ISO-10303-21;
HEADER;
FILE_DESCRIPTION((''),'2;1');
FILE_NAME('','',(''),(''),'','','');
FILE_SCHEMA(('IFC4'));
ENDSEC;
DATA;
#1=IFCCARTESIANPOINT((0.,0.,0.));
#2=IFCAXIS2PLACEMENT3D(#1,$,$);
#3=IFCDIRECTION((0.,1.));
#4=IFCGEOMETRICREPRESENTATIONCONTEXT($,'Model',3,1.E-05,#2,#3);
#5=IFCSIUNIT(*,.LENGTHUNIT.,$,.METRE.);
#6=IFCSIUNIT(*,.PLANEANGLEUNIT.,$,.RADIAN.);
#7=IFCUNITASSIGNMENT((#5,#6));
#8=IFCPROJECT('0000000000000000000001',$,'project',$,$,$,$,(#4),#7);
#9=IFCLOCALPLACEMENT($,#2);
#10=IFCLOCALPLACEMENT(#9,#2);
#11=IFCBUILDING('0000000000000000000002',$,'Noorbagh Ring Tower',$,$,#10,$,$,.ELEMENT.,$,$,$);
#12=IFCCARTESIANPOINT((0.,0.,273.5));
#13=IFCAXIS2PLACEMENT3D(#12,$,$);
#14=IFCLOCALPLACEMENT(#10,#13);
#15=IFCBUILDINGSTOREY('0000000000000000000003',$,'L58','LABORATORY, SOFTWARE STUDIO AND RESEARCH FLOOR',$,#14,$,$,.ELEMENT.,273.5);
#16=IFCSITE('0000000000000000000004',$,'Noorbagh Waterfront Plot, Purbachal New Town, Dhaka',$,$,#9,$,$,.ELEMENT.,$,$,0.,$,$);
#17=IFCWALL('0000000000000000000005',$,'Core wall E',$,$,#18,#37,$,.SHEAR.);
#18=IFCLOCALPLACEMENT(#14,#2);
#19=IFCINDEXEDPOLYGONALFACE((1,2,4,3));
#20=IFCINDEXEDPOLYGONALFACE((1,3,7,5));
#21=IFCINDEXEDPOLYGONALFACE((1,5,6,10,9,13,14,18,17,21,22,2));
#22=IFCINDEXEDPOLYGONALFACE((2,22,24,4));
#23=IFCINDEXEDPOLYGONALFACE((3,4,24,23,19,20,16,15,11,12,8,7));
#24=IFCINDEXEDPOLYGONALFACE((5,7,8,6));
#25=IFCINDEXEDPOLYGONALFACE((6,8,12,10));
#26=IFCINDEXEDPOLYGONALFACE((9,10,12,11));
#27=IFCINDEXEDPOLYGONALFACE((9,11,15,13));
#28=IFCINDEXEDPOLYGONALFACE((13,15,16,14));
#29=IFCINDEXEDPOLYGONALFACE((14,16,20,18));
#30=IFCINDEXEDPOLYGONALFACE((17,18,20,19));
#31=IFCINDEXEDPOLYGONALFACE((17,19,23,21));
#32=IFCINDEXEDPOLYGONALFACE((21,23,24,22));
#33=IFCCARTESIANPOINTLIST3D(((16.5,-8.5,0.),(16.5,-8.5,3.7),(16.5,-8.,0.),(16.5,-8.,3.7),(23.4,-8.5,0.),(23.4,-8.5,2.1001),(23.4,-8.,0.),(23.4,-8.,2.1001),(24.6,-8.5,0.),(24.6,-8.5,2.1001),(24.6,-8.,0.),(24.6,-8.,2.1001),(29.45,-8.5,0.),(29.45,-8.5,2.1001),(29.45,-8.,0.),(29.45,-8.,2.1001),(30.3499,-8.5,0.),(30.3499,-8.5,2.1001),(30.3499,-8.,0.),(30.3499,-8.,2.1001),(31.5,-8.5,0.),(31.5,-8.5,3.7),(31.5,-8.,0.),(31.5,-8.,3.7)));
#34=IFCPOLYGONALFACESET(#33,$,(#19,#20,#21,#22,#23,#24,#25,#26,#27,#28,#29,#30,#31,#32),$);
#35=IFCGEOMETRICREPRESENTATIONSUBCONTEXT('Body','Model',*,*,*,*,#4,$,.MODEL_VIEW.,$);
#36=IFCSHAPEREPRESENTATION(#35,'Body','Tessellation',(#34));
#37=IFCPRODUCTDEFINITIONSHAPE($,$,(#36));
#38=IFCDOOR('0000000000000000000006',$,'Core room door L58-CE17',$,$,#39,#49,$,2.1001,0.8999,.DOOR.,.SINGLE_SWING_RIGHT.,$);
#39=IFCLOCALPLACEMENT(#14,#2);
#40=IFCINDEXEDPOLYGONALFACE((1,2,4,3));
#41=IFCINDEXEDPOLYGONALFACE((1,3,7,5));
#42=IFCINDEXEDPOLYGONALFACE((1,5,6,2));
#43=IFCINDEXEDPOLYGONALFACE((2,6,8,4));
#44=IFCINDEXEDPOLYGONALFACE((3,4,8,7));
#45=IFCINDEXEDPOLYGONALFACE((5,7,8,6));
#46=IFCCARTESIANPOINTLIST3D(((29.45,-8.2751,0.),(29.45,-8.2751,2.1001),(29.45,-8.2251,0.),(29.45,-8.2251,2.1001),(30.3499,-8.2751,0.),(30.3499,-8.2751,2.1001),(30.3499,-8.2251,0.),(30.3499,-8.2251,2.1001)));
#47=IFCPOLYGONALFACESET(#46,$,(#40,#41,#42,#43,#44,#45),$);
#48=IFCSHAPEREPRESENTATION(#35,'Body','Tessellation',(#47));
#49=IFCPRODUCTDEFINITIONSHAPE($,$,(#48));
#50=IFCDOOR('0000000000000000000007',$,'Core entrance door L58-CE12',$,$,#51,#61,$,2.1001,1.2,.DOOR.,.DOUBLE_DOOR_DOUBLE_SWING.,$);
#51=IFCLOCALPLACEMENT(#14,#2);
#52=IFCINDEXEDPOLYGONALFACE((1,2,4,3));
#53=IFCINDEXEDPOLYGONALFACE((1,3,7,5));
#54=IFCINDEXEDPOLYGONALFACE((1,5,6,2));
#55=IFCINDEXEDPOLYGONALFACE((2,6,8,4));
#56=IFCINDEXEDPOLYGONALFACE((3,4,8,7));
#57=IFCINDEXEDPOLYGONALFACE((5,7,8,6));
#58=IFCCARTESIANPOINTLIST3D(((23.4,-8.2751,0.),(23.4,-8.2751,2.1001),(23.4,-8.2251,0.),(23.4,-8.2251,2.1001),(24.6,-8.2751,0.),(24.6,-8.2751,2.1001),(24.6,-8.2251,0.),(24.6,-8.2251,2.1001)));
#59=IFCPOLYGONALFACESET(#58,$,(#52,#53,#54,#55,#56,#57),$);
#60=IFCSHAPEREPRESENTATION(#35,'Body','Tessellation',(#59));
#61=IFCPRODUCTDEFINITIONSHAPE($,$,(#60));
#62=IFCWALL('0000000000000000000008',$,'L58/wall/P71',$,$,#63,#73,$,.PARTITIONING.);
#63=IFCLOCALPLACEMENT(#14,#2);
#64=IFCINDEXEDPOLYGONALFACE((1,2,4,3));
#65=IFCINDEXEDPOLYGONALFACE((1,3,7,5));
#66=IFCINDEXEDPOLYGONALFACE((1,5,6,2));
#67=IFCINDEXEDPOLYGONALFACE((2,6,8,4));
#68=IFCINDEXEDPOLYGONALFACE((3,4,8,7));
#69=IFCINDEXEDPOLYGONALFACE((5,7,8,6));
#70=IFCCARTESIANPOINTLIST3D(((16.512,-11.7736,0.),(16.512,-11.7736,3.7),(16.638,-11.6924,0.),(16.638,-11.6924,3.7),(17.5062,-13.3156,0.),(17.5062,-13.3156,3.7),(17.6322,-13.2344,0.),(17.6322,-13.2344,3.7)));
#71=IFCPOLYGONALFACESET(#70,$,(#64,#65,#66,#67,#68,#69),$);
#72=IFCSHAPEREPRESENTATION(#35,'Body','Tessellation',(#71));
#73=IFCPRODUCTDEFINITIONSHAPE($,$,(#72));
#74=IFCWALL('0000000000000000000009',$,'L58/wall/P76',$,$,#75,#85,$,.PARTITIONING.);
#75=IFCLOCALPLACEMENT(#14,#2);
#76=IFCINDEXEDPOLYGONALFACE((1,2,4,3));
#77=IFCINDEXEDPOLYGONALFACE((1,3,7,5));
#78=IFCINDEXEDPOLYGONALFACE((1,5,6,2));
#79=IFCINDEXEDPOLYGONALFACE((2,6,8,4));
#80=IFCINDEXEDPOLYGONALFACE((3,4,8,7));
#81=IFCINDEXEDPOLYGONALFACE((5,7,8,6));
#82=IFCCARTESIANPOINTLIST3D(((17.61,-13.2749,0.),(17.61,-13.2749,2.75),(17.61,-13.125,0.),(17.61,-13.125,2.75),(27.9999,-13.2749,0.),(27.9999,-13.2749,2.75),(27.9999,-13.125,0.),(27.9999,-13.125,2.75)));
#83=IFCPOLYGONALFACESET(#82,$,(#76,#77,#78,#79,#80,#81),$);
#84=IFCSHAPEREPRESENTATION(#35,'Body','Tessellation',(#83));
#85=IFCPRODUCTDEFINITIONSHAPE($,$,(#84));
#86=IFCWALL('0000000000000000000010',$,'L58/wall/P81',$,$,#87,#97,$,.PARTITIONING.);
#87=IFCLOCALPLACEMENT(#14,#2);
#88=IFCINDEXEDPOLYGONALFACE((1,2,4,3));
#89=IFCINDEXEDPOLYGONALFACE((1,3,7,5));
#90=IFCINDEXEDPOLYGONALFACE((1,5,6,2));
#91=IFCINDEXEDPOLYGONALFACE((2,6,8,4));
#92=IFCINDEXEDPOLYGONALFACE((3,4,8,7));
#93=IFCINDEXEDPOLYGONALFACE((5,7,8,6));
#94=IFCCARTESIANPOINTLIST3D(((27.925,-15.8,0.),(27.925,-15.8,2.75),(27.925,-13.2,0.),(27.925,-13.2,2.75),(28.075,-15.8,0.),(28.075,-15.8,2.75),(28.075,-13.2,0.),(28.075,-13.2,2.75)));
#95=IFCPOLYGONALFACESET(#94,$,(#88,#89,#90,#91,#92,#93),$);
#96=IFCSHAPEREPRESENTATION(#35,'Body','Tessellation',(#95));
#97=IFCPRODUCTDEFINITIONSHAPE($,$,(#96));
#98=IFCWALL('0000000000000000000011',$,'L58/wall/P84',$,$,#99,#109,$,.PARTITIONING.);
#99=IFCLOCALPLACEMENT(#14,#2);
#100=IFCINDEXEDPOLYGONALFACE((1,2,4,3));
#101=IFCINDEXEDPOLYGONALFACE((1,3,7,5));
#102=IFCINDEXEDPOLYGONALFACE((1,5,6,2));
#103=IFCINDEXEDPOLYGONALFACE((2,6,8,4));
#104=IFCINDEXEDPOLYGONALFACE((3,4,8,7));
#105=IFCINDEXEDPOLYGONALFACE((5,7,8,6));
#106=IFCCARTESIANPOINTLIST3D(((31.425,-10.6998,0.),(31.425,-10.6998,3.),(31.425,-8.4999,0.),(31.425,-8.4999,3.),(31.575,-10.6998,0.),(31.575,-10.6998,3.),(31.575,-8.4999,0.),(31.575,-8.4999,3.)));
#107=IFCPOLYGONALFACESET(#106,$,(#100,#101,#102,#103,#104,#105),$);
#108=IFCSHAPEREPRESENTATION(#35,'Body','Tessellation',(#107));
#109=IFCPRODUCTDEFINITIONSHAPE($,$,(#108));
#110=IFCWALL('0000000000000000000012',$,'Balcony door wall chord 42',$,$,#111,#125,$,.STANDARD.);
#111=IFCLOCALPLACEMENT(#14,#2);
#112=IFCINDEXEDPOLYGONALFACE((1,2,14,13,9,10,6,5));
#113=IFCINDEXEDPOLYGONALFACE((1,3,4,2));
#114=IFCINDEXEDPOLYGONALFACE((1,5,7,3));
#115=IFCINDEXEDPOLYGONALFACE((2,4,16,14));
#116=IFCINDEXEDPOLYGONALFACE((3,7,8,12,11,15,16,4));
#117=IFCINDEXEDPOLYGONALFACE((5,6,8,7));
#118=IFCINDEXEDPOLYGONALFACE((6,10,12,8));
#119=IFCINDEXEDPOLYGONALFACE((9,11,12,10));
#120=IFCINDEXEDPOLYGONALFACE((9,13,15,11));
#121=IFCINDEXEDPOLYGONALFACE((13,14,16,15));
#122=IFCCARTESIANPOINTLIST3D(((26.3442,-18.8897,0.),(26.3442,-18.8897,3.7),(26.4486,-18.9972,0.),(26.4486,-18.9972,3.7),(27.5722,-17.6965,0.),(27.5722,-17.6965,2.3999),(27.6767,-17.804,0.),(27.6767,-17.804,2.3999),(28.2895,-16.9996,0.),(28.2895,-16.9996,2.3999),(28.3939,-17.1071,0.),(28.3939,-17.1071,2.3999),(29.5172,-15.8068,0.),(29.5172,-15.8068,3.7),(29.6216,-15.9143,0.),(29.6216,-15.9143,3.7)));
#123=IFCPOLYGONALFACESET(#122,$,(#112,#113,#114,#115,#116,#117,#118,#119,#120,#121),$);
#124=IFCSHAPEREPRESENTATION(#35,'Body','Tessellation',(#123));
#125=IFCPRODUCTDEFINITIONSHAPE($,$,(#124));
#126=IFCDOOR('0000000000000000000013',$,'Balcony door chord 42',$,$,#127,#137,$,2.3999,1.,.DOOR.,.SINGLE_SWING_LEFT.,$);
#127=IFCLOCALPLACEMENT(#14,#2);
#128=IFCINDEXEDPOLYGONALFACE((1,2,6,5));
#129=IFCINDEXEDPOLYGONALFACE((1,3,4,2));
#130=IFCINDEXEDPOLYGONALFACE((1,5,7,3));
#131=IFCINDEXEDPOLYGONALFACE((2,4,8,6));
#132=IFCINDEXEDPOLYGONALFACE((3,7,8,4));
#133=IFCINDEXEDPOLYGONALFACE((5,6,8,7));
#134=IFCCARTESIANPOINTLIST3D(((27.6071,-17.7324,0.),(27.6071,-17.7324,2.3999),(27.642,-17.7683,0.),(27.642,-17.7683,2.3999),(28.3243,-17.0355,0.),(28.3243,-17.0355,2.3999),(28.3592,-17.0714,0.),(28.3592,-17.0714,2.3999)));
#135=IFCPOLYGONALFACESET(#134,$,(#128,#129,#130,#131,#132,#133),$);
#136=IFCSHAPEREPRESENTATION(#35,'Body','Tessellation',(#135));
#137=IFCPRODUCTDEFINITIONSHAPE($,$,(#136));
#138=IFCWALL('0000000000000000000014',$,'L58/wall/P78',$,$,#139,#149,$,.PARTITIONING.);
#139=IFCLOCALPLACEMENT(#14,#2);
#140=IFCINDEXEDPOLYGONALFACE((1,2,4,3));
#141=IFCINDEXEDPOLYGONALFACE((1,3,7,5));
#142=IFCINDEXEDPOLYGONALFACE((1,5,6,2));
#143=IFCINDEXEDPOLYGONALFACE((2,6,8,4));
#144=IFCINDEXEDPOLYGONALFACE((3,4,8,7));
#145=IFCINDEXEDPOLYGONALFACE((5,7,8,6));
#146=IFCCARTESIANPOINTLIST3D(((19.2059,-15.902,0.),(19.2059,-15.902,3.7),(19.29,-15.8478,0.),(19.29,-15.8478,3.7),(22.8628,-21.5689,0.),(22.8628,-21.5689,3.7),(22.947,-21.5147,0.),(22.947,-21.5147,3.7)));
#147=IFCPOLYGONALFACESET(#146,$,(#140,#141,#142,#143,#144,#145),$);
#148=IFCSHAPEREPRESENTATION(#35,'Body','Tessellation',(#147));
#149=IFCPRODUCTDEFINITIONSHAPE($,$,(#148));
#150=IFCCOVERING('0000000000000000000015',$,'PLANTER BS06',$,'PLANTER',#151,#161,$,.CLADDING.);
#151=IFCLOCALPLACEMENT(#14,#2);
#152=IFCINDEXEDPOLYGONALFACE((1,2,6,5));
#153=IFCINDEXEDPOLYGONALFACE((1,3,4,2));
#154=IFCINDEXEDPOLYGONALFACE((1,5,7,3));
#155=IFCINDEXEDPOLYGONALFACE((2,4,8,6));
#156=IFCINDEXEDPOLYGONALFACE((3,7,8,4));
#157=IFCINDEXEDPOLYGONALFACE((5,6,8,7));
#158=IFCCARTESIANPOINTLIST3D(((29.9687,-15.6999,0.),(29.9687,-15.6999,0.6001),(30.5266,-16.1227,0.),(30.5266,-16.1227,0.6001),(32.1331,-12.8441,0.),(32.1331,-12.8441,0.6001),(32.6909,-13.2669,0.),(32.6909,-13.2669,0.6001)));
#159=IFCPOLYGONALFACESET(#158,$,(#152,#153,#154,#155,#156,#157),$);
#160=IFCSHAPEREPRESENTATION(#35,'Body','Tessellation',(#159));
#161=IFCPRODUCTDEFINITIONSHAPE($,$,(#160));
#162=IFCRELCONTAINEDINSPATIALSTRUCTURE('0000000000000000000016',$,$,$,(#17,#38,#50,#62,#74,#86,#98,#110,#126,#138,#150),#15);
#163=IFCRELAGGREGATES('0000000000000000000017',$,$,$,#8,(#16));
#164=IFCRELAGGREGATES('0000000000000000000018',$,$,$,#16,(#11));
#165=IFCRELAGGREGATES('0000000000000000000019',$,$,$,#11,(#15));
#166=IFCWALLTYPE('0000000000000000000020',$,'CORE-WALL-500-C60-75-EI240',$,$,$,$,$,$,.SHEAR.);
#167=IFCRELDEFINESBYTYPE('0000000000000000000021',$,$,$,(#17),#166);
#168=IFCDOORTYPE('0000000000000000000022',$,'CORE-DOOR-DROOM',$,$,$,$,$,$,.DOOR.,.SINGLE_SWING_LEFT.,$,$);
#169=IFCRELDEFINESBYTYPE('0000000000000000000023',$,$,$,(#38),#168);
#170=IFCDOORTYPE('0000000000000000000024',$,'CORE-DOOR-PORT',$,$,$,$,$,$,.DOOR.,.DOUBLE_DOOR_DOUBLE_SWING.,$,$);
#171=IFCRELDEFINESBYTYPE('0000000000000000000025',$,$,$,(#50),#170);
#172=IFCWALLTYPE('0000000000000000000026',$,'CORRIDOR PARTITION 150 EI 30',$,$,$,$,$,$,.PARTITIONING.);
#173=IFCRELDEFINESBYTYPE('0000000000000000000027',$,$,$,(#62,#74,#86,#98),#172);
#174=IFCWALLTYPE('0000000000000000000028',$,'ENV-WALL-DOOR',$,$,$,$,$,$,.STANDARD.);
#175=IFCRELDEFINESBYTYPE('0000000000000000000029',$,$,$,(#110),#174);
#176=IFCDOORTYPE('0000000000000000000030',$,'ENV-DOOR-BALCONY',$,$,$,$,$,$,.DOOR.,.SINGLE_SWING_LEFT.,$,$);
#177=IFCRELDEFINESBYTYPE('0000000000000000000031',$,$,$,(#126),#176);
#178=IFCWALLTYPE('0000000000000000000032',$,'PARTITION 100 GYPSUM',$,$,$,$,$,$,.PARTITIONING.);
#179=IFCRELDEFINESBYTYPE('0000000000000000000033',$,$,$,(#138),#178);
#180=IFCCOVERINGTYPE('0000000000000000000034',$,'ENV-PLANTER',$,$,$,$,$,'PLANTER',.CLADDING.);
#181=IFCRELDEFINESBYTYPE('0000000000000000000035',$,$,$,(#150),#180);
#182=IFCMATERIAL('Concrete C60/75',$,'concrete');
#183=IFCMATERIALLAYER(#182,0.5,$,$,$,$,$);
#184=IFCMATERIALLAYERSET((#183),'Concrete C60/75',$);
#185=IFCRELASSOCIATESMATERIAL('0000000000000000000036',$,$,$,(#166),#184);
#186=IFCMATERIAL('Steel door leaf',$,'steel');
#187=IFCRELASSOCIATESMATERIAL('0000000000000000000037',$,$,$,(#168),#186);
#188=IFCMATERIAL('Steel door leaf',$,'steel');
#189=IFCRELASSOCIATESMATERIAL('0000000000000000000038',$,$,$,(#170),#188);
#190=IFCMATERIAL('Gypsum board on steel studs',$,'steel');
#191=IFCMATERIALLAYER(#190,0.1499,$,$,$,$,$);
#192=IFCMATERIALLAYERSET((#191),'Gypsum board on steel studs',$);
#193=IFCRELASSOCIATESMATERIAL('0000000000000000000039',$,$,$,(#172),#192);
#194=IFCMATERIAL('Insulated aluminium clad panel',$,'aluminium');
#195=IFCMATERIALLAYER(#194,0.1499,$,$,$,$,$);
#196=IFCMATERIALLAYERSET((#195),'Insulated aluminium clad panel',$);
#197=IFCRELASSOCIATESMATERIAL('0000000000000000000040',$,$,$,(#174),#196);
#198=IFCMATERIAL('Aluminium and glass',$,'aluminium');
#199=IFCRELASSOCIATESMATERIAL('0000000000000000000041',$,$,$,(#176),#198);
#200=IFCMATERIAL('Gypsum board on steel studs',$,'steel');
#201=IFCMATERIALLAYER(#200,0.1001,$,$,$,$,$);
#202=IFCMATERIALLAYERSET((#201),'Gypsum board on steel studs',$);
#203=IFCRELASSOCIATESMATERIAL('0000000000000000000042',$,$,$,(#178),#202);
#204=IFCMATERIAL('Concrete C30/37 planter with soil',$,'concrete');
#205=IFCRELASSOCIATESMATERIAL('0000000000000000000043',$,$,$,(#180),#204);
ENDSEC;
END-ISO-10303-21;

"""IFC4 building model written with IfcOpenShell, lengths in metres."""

from ifc_helpers import new_model, si_unit, direction, frame, frame_2d, origin, origin_2d, place, context, subcontext, project, spatial, rectangle, extrude, material, layer, layer_set, type_object, element, fill, save


model = new_model("IFC4")

# Units and contexts
model_context = context("Model", 3, precision=1e-05, world=origin(), true_north=direction((0.0, 1.0)))
body_context = subcontext(model_context, "Body", "Model", "MODEL_VIEW")
ifc_project = project(units=[si_unit("LENGTHUNIT", "METRE"), si_unit("PLANEANGLEUNIT", "RADIAN")], contexts=[model_context])

# Site, building, storey
site_placement = place(None, origin())
site = spatial("IfcSite", under=ifc_project, at=site_placement, Name="Noorbagh Waterfront Plot, Purbachal New Town, Dhaka", CompositionType="ELEMENT", RefElevation=0.0)
building_placement = place(site_placement, origin())
building = spatial("IfcBuilding", under=site, at=building_placement, Name="Noorbagh Ring Tower", CompositionType="ELEMENT")
storey_placement = place(building_placement, frame((0.0, 0.0, 273.5)))
storey = spatial("IfcBuildingStorey", under=building, at=storey_placement, Name="L58", Description="LABORATORY, SOFTWARE STUDIO AND RESEARCH FLOOR", CompositionType="ELEMENT", Elevation=273.5)

# Wall, openings, doors
ifc_material_1 = material(Name="Concrete C60/75", Category="concrete")
ifc_layer_1 = layer(ifc_material_1, 0.5)
ifc_layer_set_1 = layer_set([ifc_layer_1], Name="Concrete C60/75")
wall_type_1 = type_object("IfcWallType", Name="CORE-WALL-500-C60-75-EI240", PredefinedType="SHEAR", material=ifc_layer_set_1)
wall_1_placement = place(storey_placement, frame((16.5, -8.25, 0.0), z_axis=(0.0, 0.0, 1.0), x_axis=(1.0, 0.0, 0.0)))
wall_1 = element("IfcWall", 1, at=wall_1_placement, inside=storey, type_object=wall_type_1, Name="Core wall E", PredefinedType="SHEAR", context=body_context, shape_type="SweptSolid", body=[
    extrude(rectangle(XDim=15.0, YDim=0.5, at=frame_2d((7.5, 0.0))), origin(), (0.0, 0.0, 1.0), 3.7),
])
opening_1_placement = place(wall_1_placement, frame((6.8999, 0.0, 0.0)))
opening_1 = element("IfcOpeningElement", 2, at=opening_1_placement, cuts=wall_1, PredefinedType="OPENING", context=body_context, shape_type="SweptSolid", body=[
    extrude(rectangle(XDim=1.2, YDim=2.1001, at=frame_2d((0.6001, 1.05))), frame((0.0, 0.26, 0.0), z_axis=(0.0, -1.0, 0.0), x_axis=(1.0, 0.0, 0.0)), (0.0, 0.0, 1.0), 0.52),
])
opening_2_placement = place(wall_1_placement, frame((12.95, 0.0, 0.0)))
opening_2 = element("IfcOpeningElement", 3, at=opening_2_placement, cuts=wall_1, PredefinedType="OPENING", context=body_context, shape_type="SweptSolid", body=[
    extrude(rectangle(XDim=0.8999, YDim=2.1001, at=frame_2d((0.45, 1.05))), frame((0.0, 0.26, 0.0), z_axis=(0.0, -1.0, 0.0), x_axis=(1.0, 0.0, 0.0)), (0.0, 0.0, 1.0), 0.52),
])
ifc_material_2 = material(Name="Steel door leaf", Category="steel")
door_type_1 = type_object("IfcDoorType", Name="CORE-DOOR-DROOM", OperationType="SINGLE_SWING_LEFT", PredefinedType="DOOR", material=ifc_material_2)
door_1_placement = place(opening_2_placement, origin())
door_1 = element("IfcDoor", 4, at=door_1_placement, inside=storey, type_object=door_type_1, Name="Core room door L58-CE17", OperationType="SINGLE_SWING_RIGHT", OverallHeight=2.1001, OverallWidth=0.8999, PredefinedType="DOOR", context=body_context, shape_type="SweptSolid", body=[
    extrude(rectangle(XDim=0.8999, YDim=2.1001, at=frame_2d((0.45, 1.05))), frame((0.0, 0.0249, 0.0), z_axis=(0.0, -1.0, 0.0), x_axis=(1.0, 0.0, 0.0)), (0.0, 0.0, 1.0), 0.05),
])
fill(opening_2, door_1)
ifc_material_3 = material(Name="Steel door leaf", Category="steel")
door_type_2 = type_object("IfcDoorType", Name="CORE-DOOR-PORT", OperationType="DOUBLE_DOOR_DOUBLE_SWING", PredefinedType="DOOR", material=ifc_material_3)
door_2_placement = place(opening_1_placement, origin())
door_2 = element("IfcDoor", 5, at=door_2_placement, inside=storey, type_object=door_type_2, Name="Core entrance door L58-CE12", OperationType="DOUBLE_DOOR_DOUBLE_SWING", OverallHeight=2.1001, OverallWidth=1.2, PredefinedType="DOOR", context=body_context, shape_type="SweptSolid", body=[
    extrude(rectangle(XDim=1.2, YDim=2.1001, at=frame_2d((0.6001, 1.05))), frame((0.0, 0.0249, 0.0), z_axis=(0.0, -1.0, 0.0), x_axis=(1.0, 0.0, 0.0)), (0.0, 0.0, 1.0), 0.05),
])
fill(opening_1, door_2)

# Walls
ifc_material_4 = material(Name="Gypsum board on steel studs", Category="steel")
ifc_layer_2 = layer(ifc_material_4, 0.1499)
ifc_layer_set_2 = layer_set([ifc_layer_2], Name="Gypsum board on steel studs")
wall_type_2 = type_object("IfcWallType", Name="CORRIDOR PARTITION 150 EI 30", PredefinedType="PARTITIONING", material=ifc_layer_set_2)
wall_2_placement = place(storey_placement, frame((16.575, -11.7329, 0.0), z_axis=(0.0, 0.0, 1.0), x_axis=(0.54186, -0.840469, 0.0)))
element("IfcWall", 6, at=wall_2_placement, inside=storey, type_object=wall_type_2, Name="L58/wall/P71", PredefinedType="PARTITIONING", context=body_context, shape_type="SweptSolid", body=[
    extrude(rectangle(XDim=1.8347, YDim=0.1499, at=frame_2d((0.9175, 0.0))), origin(), (0.0, 0.0, 1.0), 3.7),
])
wall_3_placement = place(storey_placement, frame((17.6101, -13.2, 0.0), z_axis=(0.0, 0.0, 1.0), x_axis=(1.0, 0.0, 0.0)))
element("IfcWall", 7, at=wall_3_placement, inside=storey, type_object=wall_type_2, Name="L58/wall/P76", PredefinedType="PARTITIONING", context=body_context, shape_type="SweptSolid", body=[
    extrude(rectangle(XDim=10.3899, YDim=0.1499, at=frame_2d((5.1948, 0.0))), origin(), (0.0, 0.0, 1.0), 2.75),
])
wall_4_placement = place(storey_placement, frame((28.0, -15.8, 0.0), z_axis=(0.0, 0.0, 1.0), x_axis=(0.0, 1.0, 0.0)))
element("IfcWall", 8, at=wall_4_placement, inside=storey, type_object=wall_type_2, Name="L58/wall/P81", PredefinedType="PARTITIONING", context=body_context, shape_type="SweptSolid", body=[
    extrude(rectangle(XDim=2.6001, YDim=0.1499, at=frame_2d((1.3, 0.0))), origin(), (0.0, 0.0, 1.0), 2.75),
])
wall_5_placement = place(storey_placement, frame((31.5, -10.7, 0.0), z_axis=(0.0, 0.0, 1.0), x_axis=(0.0, 1.0, 0.0)))
element("IfcWall", 9, at=wall_5_placement, inside=storey, type_object=wall_type_2, Name="L58/wall/P84", PredefinedType="PARTITIONING", context=body_context, shape_type="SweptSolid", body=[
    extrude(rectangle(XDim=2.2, YDim=0.1499, at=frame_2d((1.1001, 0.0))), origin(), (0.0, 0.0, 1.0), 3.0),
])

# Wall, opening, door
ifc_material_5 = material(Name="Insulated aluminium clad panel", Category="aluminium")
ifc_layer_3 = layer(ifc_material_5, 0.1499)
ifc_layer_set_3 = layer_set([ifc_layer_3], Name="Insulated aluminium clad panel")
wall_type_3 = type_object("IfcWallType", Name="ENV-WALL-DOOR", PredefinedType="STANDARD", material=ifc_layer_set_3)
wall_6_placement = place(storey_placement, frame((26.3965, -18.9434, 0.0), z_axis=(0.0, 0.0, 1.0), x_axis=(0.717215, 0.696852, 0.0)))
wall_6 = element("IfcWall", 10, at=wall_6_placement, inside=storey, type_object=wall_type_3, Name="Balcony door wall chord 42", PredefinedType="STANDARD", context=body_context, shape_type="SweptSolid", body=[
    extrude(rectangle(XDim=4.4241, YDim=0.1499, at=frame_2d((2.2119, 0.0))), origin(), (0.0, 0.0, 1.0), 3.7),
])
opening_3_placement = place(wall_6_placement, frame((1.7122, 0.0, 0.0)))
opening_3 = element("IfcOpeningElement", 11, at=opening_3_placement, cuts=wall_6, PredefinedType="OPENING", context=body_context, shape_type="SweptSolid", body=[
    extrude(rectangle(XDim=1.0, YDim=2.3999, at=frame_2d((0.5, 1.2))), frame((0.0, 0.085, 0.0), z_axis=(0.0, -1.0, 0.0), x_axis=(1.0, 0.0, 0.0)), (0.0, 0.0, 1.0), 0.1699),
])
ifc_material_6 = material(Name="Aluminium and glass", Category="aluminium")
door_type_3 = type_object("IfcDoorType", Name="ENV-DOOR-BALCONY", OperationType="SINGLE_SWING_LEFT", PredefinedType="DOOR", material=ifc_material_6)
door_3_placement = place(opening_3_placement, origin())
door_3 = element("IfcDoor", 12, at=door_3_placement, inside=storey, type_object=door_type_3, Name="Balcony door chord 42", OperationType="SINGLE_SWING_LEFT", OverallHeight=2.3999, OverallWidth=1.0, PredefinedType="DOOR", context=body_context, shape_type="SweptSolid", body=[
    extrude(rectangle(XDim=1.0, YDim=2.3999, at=frame_2d((0.5, 1.2))), frame((0.0, 0.0249, 0.0), z_axis=(0.0, -1.0, 0.0), x_axis=(1.0, 0.0, 0.0)), (0.0, 0.0, 1.0), 0.05),
])
fill(opening_3, door_3)

# Wall
ifc_material_7 = material(Name="Gypsum board on steel studs", Category="steel")
ifc_layer_4 = layer(ifc_material_7, 0.1001)
ifc_layer_set_4 = layer_set([ifc_layer_4], Name="Gypsum board on steel studs")
wall_type_4 = type_object("IfcWallType", Name="PARTITION 100 GYPSUM", PredefinedType="PARTITIONING", material=ifc_layer_set_4)
wall_7_placement = place(storey_placement, frame((19.248, -15.875, 0.0), z_axis=(0.0, 0.0, 1.0), x_axis=(0.542217, -0.840239, 0.0)))
element("IfcWall", 13, at=wall_7_placement, inside=storey, type_object=wall_type_4, Name="L58/wall/P78", PredefinedType="PARTITIONING", context=body_context, shape_type="SweptSolid", body=[
    extrude(rectangle(XDim=6.7444, YDim=0.1001, at=frame_2d((3.3721, 0.0))), origin(), (0.0, 0.0, 1.0), 3.7),
])

# Covering
ifc_material_8 = material(Name="Concrete C30/37 planter with soil", Category="concrete")
covering_type = type_object("IfcCoveringType", Name="ENV-PLANTER", ElementType="PLANTER", PredefinedType="CLADDING", material=ifc_material_8)
covering_placement = place(storey_placement, frame((31.3298, -14.4834, 0.0), z_axis=(0.0, 0.0, 1.0), x_axis=(0.60402, 0.796969, 0.0)))
element("IfcCovering", 14, at=covering_placement, inside=storey, type_object=covering_type, Name="PLANTER BS06", ObjectType="PLANTER", PredefinedType="CLADDING", context=body_context, shape_type="SweptSolid", body=[
    extrude(rectangle(XDim=3.5833, YDim=0.7, at=origin_2d()), origin(), (0.0, 0.0, 1.0), 0.6001),
])

save(model, "model.ifc")
